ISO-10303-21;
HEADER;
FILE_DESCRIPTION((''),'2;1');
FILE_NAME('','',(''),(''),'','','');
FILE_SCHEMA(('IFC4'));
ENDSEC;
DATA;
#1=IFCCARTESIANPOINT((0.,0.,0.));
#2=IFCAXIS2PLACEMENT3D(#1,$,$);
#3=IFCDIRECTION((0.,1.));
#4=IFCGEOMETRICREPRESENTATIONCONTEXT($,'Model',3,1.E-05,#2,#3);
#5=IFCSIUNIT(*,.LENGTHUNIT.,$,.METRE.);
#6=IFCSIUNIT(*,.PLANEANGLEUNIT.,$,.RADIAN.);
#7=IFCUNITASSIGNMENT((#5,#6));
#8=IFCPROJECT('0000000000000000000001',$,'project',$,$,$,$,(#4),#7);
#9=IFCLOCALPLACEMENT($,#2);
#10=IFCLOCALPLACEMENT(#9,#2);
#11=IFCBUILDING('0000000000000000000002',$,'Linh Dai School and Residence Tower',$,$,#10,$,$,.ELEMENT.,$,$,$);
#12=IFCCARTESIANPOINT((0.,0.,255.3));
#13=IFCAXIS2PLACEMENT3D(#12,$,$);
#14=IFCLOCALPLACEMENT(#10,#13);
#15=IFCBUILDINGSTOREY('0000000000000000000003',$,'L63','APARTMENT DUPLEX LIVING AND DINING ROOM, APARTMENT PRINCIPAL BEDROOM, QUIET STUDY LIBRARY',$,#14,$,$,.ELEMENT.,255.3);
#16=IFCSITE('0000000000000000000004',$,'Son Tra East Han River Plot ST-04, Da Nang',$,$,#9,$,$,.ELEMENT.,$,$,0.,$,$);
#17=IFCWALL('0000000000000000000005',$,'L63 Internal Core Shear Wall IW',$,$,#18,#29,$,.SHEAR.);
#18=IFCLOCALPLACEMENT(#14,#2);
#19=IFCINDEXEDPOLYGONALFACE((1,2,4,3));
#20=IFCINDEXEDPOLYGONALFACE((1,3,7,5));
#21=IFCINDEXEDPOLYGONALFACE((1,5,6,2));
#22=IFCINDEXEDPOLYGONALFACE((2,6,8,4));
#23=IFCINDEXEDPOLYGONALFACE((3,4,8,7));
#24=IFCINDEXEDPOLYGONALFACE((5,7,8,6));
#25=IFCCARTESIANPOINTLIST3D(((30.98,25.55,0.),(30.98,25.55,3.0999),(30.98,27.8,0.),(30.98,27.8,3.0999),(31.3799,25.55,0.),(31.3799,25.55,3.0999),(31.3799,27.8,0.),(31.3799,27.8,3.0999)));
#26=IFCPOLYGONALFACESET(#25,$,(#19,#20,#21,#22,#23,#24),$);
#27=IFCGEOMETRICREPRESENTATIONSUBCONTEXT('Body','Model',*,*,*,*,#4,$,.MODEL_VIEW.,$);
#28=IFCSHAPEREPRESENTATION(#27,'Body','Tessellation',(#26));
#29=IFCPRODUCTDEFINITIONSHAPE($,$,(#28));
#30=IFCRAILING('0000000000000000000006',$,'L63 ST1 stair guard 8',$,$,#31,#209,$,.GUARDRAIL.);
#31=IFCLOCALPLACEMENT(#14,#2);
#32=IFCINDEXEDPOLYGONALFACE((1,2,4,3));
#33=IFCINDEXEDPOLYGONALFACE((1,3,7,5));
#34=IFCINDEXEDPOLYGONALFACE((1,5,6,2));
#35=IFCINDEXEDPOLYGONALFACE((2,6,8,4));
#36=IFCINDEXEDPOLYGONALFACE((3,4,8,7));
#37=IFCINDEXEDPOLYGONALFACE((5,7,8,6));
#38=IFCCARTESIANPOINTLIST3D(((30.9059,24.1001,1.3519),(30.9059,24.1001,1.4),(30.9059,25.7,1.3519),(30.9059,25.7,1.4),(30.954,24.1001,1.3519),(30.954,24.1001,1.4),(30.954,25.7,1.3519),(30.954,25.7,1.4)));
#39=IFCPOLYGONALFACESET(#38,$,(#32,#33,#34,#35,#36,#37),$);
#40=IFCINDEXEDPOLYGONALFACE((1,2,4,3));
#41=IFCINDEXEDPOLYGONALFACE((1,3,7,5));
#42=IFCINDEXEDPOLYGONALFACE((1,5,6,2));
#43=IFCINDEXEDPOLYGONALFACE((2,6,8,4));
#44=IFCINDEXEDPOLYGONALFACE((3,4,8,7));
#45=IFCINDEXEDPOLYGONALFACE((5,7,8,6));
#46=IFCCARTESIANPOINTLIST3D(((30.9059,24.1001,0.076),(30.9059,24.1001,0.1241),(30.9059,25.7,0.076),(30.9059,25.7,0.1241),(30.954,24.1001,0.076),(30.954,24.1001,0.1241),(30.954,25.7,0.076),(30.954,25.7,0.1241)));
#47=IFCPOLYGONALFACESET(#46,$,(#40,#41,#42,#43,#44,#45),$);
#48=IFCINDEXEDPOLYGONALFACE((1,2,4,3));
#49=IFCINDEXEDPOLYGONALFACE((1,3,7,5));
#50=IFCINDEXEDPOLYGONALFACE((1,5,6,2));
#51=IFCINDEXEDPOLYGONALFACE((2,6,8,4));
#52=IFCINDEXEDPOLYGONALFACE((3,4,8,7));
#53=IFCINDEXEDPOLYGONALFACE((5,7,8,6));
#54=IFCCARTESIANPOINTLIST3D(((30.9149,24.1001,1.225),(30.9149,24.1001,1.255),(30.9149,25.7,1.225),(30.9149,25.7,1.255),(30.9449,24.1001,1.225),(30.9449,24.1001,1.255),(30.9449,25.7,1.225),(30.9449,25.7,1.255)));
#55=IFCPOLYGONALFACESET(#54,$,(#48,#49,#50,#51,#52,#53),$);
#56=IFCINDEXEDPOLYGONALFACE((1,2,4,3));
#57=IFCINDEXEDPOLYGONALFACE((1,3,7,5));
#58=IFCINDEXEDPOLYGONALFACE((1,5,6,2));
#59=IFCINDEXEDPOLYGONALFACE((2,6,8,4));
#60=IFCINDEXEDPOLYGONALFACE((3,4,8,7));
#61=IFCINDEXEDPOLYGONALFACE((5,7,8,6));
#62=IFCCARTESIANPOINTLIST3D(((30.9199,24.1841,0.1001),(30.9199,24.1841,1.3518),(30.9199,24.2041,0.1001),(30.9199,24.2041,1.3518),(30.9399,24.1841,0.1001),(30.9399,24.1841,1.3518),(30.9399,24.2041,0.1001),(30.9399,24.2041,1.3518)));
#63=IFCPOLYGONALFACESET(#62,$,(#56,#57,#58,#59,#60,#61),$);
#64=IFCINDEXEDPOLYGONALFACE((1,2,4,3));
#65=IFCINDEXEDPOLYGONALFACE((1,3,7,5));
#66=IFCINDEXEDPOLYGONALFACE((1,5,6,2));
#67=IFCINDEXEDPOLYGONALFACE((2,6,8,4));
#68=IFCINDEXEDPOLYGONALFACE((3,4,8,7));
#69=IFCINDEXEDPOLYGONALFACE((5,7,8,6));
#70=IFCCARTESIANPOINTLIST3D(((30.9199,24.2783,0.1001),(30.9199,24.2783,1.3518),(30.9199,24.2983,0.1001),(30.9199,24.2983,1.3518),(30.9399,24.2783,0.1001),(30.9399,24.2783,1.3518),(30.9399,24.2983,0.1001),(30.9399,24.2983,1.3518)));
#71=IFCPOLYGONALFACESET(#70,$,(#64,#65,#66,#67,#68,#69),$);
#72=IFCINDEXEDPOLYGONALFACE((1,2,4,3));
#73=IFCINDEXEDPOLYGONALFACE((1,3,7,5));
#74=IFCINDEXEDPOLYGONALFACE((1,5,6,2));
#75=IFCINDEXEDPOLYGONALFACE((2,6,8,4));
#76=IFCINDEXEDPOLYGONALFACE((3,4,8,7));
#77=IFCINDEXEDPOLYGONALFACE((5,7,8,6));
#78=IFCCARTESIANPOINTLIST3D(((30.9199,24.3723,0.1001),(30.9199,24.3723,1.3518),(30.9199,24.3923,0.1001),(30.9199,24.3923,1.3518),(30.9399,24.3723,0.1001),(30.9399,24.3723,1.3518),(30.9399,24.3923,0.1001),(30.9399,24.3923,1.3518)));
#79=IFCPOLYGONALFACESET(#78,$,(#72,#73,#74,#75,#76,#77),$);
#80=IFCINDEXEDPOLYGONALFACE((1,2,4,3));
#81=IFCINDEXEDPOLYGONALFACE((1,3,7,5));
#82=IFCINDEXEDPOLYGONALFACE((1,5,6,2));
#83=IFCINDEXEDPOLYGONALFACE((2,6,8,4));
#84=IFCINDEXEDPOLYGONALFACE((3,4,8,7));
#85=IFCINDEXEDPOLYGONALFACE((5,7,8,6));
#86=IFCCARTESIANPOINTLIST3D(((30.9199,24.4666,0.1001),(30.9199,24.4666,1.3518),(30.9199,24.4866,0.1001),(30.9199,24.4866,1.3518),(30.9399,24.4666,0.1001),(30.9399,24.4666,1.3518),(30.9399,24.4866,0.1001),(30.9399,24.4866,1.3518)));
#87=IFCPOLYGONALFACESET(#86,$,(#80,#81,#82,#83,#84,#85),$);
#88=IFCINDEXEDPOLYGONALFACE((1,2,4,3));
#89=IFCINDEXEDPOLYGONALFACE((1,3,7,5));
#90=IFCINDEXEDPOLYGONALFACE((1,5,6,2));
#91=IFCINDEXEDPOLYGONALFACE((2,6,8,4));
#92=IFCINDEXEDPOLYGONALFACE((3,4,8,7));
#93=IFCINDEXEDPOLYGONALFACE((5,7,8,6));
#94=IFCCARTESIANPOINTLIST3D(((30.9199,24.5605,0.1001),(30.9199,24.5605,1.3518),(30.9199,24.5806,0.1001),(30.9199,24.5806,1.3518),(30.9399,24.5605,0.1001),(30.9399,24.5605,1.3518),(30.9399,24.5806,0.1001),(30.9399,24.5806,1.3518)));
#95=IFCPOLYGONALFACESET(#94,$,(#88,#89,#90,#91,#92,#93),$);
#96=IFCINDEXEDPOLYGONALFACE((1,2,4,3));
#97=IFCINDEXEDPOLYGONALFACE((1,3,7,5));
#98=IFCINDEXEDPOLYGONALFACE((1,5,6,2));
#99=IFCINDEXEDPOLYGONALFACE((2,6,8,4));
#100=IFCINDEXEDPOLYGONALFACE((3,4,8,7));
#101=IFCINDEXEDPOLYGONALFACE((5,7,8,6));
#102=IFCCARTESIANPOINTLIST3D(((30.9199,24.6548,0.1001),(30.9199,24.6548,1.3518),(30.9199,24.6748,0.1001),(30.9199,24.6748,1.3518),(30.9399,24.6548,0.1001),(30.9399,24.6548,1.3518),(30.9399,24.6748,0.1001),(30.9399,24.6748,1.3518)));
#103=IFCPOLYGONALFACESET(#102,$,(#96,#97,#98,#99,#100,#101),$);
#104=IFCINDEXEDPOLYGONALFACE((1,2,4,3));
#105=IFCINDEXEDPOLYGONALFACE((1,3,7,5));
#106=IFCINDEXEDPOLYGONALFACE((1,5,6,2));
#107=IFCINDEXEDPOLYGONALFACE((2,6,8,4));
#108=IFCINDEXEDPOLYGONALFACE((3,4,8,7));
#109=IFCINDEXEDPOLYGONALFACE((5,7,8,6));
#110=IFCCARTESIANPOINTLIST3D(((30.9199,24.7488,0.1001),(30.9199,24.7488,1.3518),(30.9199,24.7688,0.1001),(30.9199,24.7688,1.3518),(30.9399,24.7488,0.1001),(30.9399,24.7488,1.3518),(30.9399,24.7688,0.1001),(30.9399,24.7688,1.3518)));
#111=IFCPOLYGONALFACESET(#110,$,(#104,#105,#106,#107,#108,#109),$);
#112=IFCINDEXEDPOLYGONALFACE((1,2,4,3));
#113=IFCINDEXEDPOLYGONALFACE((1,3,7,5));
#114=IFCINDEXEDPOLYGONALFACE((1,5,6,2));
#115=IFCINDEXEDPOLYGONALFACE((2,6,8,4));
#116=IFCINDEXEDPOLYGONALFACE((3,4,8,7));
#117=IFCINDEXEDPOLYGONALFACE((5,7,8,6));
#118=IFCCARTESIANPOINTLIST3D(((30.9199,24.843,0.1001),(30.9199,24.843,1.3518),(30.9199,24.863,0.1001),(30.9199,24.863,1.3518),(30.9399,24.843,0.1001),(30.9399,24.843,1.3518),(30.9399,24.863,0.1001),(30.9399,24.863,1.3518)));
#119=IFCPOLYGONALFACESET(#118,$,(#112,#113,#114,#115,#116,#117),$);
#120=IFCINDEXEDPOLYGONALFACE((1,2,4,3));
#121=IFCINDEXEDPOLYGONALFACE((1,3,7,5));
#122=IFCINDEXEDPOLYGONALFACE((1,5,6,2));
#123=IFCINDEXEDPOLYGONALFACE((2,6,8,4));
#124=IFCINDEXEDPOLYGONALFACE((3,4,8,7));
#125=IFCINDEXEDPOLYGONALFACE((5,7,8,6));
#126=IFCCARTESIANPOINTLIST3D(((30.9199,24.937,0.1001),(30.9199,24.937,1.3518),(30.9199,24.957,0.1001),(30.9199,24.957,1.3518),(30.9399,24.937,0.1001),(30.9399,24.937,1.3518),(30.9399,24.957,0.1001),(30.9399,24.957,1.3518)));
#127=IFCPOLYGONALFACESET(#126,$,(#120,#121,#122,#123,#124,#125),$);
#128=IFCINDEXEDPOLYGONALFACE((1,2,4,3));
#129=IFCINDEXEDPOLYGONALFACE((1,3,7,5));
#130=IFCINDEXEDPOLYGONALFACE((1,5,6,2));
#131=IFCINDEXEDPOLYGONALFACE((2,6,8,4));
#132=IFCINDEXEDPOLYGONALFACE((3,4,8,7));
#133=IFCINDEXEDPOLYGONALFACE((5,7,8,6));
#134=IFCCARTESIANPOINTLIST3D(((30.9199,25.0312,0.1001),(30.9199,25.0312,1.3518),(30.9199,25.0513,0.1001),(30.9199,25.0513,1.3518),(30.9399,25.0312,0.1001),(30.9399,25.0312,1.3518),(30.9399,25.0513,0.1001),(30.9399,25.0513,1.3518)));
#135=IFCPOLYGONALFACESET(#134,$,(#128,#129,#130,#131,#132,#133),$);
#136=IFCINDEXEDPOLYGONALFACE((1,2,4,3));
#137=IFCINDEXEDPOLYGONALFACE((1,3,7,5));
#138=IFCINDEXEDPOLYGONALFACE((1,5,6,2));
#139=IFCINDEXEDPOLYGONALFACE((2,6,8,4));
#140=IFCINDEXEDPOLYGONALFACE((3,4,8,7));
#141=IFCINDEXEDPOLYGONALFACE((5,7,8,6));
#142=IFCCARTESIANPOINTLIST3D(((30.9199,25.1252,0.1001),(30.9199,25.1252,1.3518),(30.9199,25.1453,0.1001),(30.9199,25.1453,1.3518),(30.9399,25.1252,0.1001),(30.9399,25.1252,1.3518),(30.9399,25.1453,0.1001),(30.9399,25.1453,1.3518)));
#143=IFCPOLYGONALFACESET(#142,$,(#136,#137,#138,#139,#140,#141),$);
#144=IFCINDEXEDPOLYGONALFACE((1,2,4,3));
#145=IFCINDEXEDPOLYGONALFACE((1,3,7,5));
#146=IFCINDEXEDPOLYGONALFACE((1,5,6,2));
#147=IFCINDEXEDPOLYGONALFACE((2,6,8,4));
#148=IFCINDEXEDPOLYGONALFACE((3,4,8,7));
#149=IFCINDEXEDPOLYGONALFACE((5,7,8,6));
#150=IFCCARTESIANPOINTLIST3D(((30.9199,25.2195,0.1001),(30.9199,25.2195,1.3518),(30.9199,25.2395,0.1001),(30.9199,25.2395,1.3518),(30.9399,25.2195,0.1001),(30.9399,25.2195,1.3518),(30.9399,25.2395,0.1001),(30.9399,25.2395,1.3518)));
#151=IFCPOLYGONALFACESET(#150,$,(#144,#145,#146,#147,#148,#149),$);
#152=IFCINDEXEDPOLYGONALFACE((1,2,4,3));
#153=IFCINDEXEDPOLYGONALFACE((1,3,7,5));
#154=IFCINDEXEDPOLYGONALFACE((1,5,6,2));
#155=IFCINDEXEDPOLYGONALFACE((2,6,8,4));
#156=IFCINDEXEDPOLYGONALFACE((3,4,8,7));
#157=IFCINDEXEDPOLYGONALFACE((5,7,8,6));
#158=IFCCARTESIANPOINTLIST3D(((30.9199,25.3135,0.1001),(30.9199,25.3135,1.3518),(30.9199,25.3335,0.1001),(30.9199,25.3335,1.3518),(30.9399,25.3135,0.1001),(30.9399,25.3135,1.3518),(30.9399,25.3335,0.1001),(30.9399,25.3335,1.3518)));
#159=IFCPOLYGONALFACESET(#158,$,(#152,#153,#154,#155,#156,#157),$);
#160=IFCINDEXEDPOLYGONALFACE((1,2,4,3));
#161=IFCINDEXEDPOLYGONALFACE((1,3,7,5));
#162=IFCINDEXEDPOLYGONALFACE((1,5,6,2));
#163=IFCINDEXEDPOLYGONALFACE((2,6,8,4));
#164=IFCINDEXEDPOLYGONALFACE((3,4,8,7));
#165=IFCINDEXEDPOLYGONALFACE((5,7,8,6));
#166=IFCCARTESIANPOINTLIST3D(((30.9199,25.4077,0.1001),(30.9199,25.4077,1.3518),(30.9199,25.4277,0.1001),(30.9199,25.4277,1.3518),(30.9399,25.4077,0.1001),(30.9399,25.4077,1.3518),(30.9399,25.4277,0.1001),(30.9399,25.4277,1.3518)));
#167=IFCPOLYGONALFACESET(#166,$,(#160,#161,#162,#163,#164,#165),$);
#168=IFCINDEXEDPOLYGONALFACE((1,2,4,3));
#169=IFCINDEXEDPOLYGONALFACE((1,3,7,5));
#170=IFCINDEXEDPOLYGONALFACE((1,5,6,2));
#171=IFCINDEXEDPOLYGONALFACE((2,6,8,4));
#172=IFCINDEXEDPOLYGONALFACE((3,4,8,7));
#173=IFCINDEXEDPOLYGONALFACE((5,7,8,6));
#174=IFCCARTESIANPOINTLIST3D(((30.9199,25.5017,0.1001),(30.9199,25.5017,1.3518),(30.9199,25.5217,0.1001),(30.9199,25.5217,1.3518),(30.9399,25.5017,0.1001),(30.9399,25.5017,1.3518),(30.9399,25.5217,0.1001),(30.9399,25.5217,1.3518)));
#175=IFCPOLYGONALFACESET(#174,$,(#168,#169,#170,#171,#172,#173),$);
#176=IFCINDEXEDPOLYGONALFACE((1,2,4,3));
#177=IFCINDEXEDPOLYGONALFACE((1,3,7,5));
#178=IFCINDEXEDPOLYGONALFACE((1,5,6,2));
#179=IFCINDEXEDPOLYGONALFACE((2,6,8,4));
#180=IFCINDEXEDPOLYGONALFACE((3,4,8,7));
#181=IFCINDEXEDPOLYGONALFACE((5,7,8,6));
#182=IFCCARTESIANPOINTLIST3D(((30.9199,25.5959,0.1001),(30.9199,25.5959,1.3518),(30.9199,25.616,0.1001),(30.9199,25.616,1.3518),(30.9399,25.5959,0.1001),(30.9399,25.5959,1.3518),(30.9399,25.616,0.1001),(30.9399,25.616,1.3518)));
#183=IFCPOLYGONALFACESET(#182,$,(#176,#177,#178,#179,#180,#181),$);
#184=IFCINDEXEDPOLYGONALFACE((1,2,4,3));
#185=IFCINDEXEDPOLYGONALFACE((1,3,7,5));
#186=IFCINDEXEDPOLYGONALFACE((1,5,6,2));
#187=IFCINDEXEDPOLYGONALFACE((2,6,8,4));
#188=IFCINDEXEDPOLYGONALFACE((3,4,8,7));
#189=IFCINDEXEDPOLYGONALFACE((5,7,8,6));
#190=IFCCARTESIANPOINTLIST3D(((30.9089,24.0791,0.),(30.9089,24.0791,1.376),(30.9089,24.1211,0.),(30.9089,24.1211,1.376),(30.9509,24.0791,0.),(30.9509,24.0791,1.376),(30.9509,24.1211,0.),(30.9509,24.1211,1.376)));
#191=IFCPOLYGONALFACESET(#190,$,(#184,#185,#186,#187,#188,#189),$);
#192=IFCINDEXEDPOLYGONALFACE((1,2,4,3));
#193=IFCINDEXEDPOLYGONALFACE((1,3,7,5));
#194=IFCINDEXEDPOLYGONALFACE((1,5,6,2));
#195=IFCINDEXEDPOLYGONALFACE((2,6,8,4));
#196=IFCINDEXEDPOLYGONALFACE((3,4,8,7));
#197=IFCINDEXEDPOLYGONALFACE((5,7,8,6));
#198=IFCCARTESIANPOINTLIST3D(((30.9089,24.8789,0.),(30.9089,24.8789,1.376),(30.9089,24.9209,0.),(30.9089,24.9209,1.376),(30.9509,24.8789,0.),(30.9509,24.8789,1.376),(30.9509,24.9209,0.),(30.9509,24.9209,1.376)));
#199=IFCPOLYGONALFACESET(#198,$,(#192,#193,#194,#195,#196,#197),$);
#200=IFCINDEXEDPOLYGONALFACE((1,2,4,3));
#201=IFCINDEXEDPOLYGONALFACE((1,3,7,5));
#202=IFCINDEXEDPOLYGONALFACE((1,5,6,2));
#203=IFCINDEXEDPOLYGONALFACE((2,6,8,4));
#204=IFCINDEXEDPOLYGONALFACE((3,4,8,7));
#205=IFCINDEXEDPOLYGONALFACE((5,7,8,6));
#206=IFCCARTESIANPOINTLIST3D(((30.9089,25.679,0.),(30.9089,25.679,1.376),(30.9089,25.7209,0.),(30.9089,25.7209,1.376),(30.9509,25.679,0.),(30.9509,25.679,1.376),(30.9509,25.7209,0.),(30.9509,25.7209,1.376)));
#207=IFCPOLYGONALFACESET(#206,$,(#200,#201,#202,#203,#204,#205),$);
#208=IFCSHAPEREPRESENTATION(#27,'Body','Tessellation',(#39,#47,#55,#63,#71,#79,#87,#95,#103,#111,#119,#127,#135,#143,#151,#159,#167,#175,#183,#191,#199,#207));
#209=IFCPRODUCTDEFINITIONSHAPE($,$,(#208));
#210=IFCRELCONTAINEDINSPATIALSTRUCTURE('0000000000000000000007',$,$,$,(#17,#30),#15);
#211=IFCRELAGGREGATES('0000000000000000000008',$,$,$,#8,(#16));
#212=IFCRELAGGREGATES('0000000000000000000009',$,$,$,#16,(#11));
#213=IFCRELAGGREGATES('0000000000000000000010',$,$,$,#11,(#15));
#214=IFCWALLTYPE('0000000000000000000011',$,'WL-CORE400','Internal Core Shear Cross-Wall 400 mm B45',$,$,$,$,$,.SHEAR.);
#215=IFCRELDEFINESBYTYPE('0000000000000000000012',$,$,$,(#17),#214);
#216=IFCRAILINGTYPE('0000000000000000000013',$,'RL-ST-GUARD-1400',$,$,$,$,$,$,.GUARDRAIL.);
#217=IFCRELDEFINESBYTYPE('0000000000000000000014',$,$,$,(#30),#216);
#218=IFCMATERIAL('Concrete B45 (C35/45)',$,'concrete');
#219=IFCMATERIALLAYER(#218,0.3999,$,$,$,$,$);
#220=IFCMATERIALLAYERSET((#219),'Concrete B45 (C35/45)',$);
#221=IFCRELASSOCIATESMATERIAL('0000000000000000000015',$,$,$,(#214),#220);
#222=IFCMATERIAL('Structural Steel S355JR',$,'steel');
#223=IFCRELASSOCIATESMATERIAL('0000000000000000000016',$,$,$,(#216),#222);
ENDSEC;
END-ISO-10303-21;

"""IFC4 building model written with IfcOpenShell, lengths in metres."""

from ifc_helpers import new_model, si_unit, direction, frame, frame_2d, origin, origin_2d, place, context, subcontext, project, spatial, rectangle, extrude, source, transform, mapped, material, layer, layer_set, type_object, element, save


model = new_model("IFC4")

# Units and contexts
model_context = context("Model", 3, precision=1e-05, world=origin(), true_north=direction((0.0, 1.0)))
body_context = subcontext(model_context, "Body", "Model", "MODEL_VIEW")
ifc_project = project(units=[si_unit("LENGTHUNIT", "METRE"), si_unit("PLANEANGLEUNIT", "RADIAN")], contexts=[model_context])

# Site, building, storey
site_placement = place(None, origin())
site = spatial("IfcSite", under=ifc_project, at=site_placement, Name="Son Tra East Han River Plot ST-04, Da Nang", CompositionType="ELEMENT", RefElevation=0.0)
building_placement = place(site_placement, origin())
building = spatial("IfcBuilding", under=site, at=building_placement, Name="Linh Dai School and Residence Tower", CompositionType="ELEMENT")
storey_placement = place(building_placement, frame((0.0, 0.0, 255.3)))
storey = spatial("IfcBuildingStorey", under=building, at=storey_placement, Name="L63", Description="APARTMENT DUPLEX LIVING AND DINING ROOM, APARTMENT PRINCIPAL BEDROOM, QUIET STUDY LIBRARY", CompositionType="ELEMENT", Elevation=255.3)

# Shared definitions
ifc_material_1 = material(Name="Structural Steel S355JR", Category="steel")

# Shared definitions
ifc_material_2 = material(Name="Concrete B45 (C35/45)", Category="concrete")

# Wall
ifc_layer_1 = layer(ifc_material_2, 0.3999)
ifc_layer_set_1 = layer_set([ifc_layer_1], Name="Concrete B45 (C35/45)")
wall_type_1 = type_object("IfcWallType", Name="WL-CORE400", Description="Internal Core Shear Cross-Wall 400 mm B45", PredefinedType="SHEAR", material=ifc_layer_set_1)
wall_1_placement = place(storey_placement, frame((31.1799, 25.55, 0.0), z_axis=(0.0, 0.0, 1.0), x_axis=(0.0, 1.0, 0.0)))
element("IfcWall", 1, at=wall_1_placement, inside=storey, type_object=wall_type_1, Name="L63 Internal Core Shear Wall IW", PredefinedType="SHEAR", context=body_context, shape_type="SweptSolid", body=[
    extrude(rectangle(XDim=2.25, YDim=0.3999, at=frame_2d((1.125, 0.0))), origin(), (0.0, 0.0, 1.0), 3.0999),
])

# Railing
railing_type = type_object("IfcRailingType", Name="RL-ST-GUARD-1400", PredefinedType="GUARDRAIL", material=ifc_material_1)
shared_shape_1 = source(origin(), body_context, "Body", "SweptSolid", [
    extrude(rectangle(XDim=0.0481, YDim=0.0481, at=origin_2d()), frame((0.0, 0.0, 1.376), z_axis=(0.0, 1.0, 0.0), x_axis=(-1.0, 0.0, 0.0)), (0.0, 0.0, 1.0), 1.5999),
    extrude(rectangle(XDim=0.0481, YDim=0.0481, at=origin_2d()), frame((0.0, 0.0, 0.1001), z_axis=(0.0, 1.0, 0.0), x_axis=(-1.0, 0.0, 0.0)), (0.0, 0.0, 1.0), 1.5999),
    extrude(rectangle(XDim=0.03, YDim=0.03, at=origin_2d()), frame((0.0, 0.0, 1.24), z_axis=(0.0, 1.0, 0.0), x_axis=(-1.0, 0.0, 0.0)), (0.0, 0.0, 1.0), 1.5999),
    extrude(rectangle(XDim=0.02, YDim=0.02, at=origin_2d()), frame((0.0, 0.094, 0.1001)), (0.0, 0.0, 1.0), 1.2517),
    extrude(rectangle(XDim=0.02, YDim=0.02, at=origin_2d()), frame((0.0, 0.1882, 0.1001)), (0.0, 0.0, 1.0), 1.2517),
    extrude(rectangle(XDim=0.02, YDim=0.02, at=origin_2d()), frame((0.0, 0.2822, 0.1001)), (0.0, 0.0, 1.0), 1.2517),
    extrude(rectangle(XDim=0.02, YDim=0.02, at=origin_2d()), frame((0.0, 0.3765, 0.1001)), (0.0, 0.0, 1.0), 1.2517),
    extrude(rectangle(XDim=0.02, YDim=0.02, at=origin_2d()), frame((0.0, 0.4705, 0.1001)), (0.0, 0.0, 1.0), 1.2517),
    extrude(rectangle(XDim=0.02, YDim=0.02, at=origin_2d()), frame((0.0, 0.5647, 0.1001)), (0.0, 0.0, 1.0), 1.2517),
    extrude(rectangle(XDim=0.02, YDim=0.02, at=origin_2d()), frame((0.0, 0.6587, 0.1001)), (0.0, 0.0, 1.0), 1.2517),
    extrude(rectangle(XDim=0.02, YDim=0.02, at=origin_2d()), frame((0.0, 0.7529, 0.1001)), (0.0, 0.0, 1.0), 1.2517),
    extrude(rectangle(XDim=0.02, YDim=0.02, at=origin_2d()), frame((0.0, 0.8469, 0.1001)), (0.0, 0.0, 1.0), 1.2517),
    extrude(rectangle(XDim=0.02, YDim=0.02, at=origin_2d()), frame((0.0, 0.9412, 0.1001)), (0.0, 0.0, 1.0), 1.2517),
    extrude(rectangle(XDim=0.02, YDim=0.02, at=origin_2d()), frame((0.0, 1.0352, 0.1001)), (0.0, 0.0, 1.0), 1.2517),
    extrude(rectangle(XDim=0.02, YDim=0.02, at=origin_2d()), frame((0.0, 1.1294, 0.1001)), (0.0, 0.0, 1.0), 1.2517),
    extrude(rectangle(XDim=0.02, YDim=0.02, at=origin_2d()), frame((0.0, 1.2234, 0.1001)), (0.0, 0.0, 1.0), 1.2517),
    extrude(rectangle(XDim=0.02, YDim=0.02, at=origin_2d()), frame((0.0, 1.3176, 0.1001)), (0.0, 0.0, 1.0), 1.2517),
    extrude(rectangle(XDim=0.02, YDim=0.02, at=origin_2d()), frame((0.0, 1.4116, 0.1001)), (0.0, 0.0, 1.0), 1.2517),
    extrude(rectangle(XDim=0.02, YDim=0.02, at=origin_2d()), frame((0.0, 1.5059, 0.1001)), (0.0, 0.0, 1.0), 1.2517),
    extrude(rectangle(XDim=0.042, YDim=0.042, at=origin_2d()), origin(), (0.0, 0.0, 1.0), 1.376),
    extrude(rectangle(XDim=0.042, YDim=0.042, at=origin_2d()), frame((0.0, 0.7998, 0.0)), (0.0, 0.0, 1.0), 1.376),
    extrude(rectangle(XDim=0.042, YDim=0.042, at=origin_2d()), frame((0.0, 1.5999, 0.0)), (0.0, 0.0, 1.0), 1.376),
])
for number, where, name in (
    (2, (30.9299, 24.1001, 0.0), "L63 ST1 stair guard 8"),
):
    element("IfcRailing", number, at=place(storey_placement, frame(where)), inside=storey, type_object=railing_type, Name=name, PredefinedType="GUARDRAIL", context=body_context, shape_type="MappedRepresentation", body=[
        mapped(shared_shape_1, transform((0.0, 0.0, 0.0), x_axis=(1.0, 0.0, 0.0), y_axis=(0.0, 1.0, 0.0), z_axis=(0.0, 0.0, 1.0), scale=1.0)),
    ])

save(model, "model.ifc")
